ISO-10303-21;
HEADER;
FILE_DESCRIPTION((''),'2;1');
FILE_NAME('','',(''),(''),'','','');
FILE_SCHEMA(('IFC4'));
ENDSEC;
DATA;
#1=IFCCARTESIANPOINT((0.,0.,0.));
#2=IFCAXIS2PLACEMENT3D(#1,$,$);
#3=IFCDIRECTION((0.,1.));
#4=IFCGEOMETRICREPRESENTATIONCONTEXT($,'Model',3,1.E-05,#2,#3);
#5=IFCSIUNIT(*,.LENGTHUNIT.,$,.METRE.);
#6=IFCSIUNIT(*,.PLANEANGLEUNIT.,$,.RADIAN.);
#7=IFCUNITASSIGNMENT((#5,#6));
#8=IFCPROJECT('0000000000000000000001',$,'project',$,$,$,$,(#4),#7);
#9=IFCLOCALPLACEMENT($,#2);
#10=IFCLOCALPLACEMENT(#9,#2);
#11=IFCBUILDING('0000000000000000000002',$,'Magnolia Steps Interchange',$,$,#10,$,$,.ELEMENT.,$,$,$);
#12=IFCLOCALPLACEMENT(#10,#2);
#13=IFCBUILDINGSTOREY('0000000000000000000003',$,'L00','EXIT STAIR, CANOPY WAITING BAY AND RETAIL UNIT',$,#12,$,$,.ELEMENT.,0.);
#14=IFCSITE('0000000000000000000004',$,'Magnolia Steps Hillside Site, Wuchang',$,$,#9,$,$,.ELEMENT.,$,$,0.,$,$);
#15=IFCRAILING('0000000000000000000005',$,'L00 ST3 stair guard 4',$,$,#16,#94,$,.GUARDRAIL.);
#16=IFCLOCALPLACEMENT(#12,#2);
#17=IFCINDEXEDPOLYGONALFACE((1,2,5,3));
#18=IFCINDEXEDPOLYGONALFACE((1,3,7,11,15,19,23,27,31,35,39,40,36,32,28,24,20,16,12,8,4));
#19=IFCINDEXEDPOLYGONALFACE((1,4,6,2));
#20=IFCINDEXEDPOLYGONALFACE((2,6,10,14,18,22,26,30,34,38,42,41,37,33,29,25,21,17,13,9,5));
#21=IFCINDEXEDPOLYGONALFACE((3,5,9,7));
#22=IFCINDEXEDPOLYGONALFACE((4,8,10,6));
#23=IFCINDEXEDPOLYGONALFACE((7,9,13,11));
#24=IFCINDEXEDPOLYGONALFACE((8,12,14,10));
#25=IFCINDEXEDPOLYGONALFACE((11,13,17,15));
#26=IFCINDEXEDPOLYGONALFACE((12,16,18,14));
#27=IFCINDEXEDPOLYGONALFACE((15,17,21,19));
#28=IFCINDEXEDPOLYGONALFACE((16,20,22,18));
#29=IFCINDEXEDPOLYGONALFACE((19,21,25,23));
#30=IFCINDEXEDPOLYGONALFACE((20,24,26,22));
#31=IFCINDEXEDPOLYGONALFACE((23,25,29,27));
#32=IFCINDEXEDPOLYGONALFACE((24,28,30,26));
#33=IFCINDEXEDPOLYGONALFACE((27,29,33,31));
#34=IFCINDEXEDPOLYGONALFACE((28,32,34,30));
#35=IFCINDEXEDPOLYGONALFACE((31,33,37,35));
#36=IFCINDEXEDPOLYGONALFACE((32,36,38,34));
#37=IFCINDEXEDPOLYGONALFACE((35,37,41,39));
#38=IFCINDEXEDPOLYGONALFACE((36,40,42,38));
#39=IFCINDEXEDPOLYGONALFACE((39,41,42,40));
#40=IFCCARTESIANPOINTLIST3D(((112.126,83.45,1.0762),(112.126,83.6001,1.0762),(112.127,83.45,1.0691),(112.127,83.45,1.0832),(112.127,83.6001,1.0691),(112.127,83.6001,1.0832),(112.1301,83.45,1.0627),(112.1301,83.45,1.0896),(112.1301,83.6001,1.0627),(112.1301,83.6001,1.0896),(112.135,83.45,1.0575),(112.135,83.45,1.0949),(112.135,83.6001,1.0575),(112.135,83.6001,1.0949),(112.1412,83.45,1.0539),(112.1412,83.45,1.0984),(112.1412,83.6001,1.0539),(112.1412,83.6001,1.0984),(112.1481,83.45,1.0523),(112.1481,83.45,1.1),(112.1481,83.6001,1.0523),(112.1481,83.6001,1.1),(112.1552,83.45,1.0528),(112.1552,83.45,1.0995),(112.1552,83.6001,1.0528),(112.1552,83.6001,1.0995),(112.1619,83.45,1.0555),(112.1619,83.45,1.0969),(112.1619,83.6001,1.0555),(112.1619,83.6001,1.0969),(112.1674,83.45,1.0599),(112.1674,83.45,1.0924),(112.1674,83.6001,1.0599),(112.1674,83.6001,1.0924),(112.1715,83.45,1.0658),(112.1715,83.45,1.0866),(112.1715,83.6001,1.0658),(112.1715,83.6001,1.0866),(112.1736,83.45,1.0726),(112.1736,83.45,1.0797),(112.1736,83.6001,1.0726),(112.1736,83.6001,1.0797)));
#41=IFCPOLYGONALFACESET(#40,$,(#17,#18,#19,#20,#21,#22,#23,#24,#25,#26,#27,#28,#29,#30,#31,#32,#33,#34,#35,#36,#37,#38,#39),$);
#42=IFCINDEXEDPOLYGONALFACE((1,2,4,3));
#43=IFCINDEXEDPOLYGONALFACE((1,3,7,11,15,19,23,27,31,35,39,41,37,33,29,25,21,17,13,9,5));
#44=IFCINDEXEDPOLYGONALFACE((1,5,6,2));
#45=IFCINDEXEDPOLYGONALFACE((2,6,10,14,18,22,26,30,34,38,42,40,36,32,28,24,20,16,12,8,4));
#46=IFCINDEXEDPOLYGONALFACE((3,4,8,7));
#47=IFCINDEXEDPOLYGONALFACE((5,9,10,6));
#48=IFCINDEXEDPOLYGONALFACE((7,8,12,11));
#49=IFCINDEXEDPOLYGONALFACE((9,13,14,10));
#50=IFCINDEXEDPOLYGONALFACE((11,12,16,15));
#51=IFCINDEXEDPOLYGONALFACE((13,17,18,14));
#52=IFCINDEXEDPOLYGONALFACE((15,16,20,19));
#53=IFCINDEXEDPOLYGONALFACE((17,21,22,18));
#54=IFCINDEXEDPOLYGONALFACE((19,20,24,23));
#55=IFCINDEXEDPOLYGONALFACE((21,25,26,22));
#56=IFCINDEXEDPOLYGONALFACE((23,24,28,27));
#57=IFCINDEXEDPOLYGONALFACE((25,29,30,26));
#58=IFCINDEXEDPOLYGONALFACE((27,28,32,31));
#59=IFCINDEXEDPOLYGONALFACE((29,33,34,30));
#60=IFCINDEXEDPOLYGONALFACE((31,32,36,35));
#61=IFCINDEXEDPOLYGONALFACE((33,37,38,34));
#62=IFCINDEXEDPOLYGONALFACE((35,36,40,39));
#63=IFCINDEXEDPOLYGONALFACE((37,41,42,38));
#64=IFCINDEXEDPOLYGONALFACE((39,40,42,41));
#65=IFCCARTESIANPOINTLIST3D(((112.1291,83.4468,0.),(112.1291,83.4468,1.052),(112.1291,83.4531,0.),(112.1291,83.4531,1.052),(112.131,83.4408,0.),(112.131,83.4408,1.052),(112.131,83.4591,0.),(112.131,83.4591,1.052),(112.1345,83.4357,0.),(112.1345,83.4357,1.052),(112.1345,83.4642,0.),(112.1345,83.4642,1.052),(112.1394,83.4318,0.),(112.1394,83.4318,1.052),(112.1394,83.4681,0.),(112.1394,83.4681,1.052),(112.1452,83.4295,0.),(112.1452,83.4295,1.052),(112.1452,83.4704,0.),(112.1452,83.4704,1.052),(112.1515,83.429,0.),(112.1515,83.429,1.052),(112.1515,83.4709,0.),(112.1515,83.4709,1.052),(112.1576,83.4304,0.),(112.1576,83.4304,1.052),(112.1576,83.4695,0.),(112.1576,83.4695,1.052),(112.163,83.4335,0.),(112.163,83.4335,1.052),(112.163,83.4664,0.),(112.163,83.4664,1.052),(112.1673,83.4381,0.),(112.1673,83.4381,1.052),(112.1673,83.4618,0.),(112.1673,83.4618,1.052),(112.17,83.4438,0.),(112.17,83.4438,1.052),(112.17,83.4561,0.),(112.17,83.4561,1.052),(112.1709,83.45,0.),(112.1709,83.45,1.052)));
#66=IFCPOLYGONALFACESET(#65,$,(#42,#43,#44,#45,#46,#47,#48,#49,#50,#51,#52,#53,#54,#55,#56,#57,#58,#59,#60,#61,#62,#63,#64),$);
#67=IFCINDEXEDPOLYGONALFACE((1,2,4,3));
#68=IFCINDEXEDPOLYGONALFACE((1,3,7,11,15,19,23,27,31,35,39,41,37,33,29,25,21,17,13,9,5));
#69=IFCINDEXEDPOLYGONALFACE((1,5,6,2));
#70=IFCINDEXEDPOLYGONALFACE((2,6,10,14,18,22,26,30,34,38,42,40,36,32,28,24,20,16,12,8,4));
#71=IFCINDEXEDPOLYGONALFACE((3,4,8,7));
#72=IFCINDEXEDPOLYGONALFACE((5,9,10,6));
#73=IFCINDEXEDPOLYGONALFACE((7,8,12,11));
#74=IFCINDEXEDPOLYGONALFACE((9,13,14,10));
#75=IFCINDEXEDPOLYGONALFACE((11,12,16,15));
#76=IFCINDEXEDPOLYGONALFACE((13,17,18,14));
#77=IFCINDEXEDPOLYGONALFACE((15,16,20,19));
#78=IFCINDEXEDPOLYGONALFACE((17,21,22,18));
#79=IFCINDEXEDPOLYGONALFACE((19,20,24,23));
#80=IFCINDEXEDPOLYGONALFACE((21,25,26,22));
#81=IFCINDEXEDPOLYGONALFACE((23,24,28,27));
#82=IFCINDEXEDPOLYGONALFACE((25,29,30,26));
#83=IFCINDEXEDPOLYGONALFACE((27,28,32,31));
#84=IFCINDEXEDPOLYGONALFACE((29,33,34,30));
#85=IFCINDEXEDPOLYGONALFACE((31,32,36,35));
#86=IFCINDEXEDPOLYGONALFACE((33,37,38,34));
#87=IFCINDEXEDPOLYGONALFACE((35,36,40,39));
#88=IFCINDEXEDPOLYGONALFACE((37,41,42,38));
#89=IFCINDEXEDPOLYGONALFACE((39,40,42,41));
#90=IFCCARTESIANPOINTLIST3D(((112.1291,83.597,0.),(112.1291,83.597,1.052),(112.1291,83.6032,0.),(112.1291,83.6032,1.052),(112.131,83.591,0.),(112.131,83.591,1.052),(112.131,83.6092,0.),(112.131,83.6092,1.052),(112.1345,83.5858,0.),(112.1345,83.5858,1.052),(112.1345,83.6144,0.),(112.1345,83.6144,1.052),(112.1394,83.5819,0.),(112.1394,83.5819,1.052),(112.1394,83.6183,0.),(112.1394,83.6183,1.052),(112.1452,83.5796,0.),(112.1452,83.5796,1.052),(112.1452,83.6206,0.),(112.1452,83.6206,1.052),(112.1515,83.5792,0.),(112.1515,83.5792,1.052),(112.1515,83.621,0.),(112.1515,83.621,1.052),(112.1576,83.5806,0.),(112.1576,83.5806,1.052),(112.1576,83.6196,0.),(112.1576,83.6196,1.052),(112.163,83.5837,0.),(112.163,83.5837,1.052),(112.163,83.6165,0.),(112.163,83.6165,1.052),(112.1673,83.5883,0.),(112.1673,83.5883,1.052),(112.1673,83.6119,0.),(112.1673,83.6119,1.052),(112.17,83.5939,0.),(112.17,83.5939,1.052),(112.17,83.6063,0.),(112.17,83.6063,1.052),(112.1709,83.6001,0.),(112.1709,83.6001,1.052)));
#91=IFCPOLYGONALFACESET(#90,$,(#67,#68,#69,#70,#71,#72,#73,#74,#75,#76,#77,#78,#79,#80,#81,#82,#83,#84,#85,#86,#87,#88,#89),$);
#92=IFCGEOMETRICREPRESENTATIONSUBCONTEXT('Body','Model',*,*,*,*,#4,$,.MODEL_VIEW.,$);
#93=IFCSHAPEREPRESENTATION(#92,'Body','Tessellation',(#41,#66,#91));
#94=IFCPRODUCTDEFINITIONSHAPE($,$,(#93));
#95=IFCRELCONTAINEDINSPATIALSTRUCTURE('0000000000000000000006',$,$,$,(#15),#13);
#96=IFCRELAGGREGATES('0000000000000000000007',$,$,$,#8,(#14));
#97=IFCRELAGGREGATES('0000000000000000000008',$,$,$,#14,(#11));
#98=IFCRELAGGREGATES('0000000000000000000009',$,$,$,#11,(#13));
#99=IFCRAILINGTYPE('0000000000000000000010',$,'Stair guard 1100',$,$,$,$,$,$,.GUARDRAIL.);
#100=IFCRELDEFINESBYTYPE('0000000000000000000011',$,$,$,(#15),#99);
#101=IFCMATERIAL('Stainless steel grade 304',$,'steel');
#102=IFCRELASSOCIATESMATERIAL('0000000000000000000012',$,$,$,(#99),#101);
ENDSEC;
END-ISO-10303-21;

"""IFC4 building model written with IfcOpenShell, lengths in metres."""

from ifc_helpers import new_model, si_unit, direction, frame, origin, origin_2d, place, context, subcontext, project, spatial, circle, extrude, material, type_object, element, save


model = new_model("IFC4")

# Units and contexts
model_context = context("Model", 3, precision=1e-05, world=origin(), true_north=direction((0.0, 1.0)))
body_context = subcontext(model_context, "Body", "Model", "MODEL_VIEW")
ifc_project = project(units=[si_unit("LENGTHUNIT", "METRE"), si_unit("PLANEANGLEUNIT", "RADIAN")], contexts=[model_context])

# Site, building, storey
site_placement = place(None, origin())
site = spatial("IfcSite", under=ifc_project, at=site_placement, Name="Magnolia Steps Hillside Site, Wuchang", CompositionType="ELEMENT", RefElevation=0.0)
building_placement = place(site_placement, origin())
building = spatial("IfcBuilding", under=site, at=building_placement, Name="Magnolia Steps Interchange", CompositionType="ELEMENT")
storey_placement = place(building_placement, origin())
storey = spatial("IfcBuildingStorey", under=building, at=storey_placement, Name="L00", Description="EXIT STAIR, CANOPY WAITING BAY AND RETAIL UNIT", CompositionType="ELEMENT", Elevation=0.0)

# Railing
ifc_material_1 = material(Name="Stainless steel grade 304", Category="steel")
railing_type_1 = type_object("IfcRailingType", Name="Stair guard 1100", PredefinedType="GUARDRAIL", material=ifc_material_1)
railing_1_placement = place(storey_placement, frame((112.1499, 83.45, 0.0)))
element("IfcRailing", 1, at=railing_1_placement, inside=storey, type_object=railing_type_1, Name="L00 ST3 stair guard 4", PredefinedType="GUARDRAIL", context=body_context, shape_type="SweptSolid", body=[
    extrude(circle(Radius=0.0239, at=origin_2d()), frame((0.0, 0.0, 1.0762), z_axis=(0.0, 1.0, 0.0), x_axis=(-1.0, 0.0, 0.0)), (0.0, 0.0, 1.0), 0.1501),
    extrude(circle(Radius=0.021, at=origin_2d()), origin(), (0.0, 0.0, 1.0), 1.052),
    extrude(circle(Radius=0.021, at=origin_2d()), frame((0.0, 0.1501, 0.0)), (0.0, 0.0, 1.0), 1.052),
])

save(model, "model.ifc")
